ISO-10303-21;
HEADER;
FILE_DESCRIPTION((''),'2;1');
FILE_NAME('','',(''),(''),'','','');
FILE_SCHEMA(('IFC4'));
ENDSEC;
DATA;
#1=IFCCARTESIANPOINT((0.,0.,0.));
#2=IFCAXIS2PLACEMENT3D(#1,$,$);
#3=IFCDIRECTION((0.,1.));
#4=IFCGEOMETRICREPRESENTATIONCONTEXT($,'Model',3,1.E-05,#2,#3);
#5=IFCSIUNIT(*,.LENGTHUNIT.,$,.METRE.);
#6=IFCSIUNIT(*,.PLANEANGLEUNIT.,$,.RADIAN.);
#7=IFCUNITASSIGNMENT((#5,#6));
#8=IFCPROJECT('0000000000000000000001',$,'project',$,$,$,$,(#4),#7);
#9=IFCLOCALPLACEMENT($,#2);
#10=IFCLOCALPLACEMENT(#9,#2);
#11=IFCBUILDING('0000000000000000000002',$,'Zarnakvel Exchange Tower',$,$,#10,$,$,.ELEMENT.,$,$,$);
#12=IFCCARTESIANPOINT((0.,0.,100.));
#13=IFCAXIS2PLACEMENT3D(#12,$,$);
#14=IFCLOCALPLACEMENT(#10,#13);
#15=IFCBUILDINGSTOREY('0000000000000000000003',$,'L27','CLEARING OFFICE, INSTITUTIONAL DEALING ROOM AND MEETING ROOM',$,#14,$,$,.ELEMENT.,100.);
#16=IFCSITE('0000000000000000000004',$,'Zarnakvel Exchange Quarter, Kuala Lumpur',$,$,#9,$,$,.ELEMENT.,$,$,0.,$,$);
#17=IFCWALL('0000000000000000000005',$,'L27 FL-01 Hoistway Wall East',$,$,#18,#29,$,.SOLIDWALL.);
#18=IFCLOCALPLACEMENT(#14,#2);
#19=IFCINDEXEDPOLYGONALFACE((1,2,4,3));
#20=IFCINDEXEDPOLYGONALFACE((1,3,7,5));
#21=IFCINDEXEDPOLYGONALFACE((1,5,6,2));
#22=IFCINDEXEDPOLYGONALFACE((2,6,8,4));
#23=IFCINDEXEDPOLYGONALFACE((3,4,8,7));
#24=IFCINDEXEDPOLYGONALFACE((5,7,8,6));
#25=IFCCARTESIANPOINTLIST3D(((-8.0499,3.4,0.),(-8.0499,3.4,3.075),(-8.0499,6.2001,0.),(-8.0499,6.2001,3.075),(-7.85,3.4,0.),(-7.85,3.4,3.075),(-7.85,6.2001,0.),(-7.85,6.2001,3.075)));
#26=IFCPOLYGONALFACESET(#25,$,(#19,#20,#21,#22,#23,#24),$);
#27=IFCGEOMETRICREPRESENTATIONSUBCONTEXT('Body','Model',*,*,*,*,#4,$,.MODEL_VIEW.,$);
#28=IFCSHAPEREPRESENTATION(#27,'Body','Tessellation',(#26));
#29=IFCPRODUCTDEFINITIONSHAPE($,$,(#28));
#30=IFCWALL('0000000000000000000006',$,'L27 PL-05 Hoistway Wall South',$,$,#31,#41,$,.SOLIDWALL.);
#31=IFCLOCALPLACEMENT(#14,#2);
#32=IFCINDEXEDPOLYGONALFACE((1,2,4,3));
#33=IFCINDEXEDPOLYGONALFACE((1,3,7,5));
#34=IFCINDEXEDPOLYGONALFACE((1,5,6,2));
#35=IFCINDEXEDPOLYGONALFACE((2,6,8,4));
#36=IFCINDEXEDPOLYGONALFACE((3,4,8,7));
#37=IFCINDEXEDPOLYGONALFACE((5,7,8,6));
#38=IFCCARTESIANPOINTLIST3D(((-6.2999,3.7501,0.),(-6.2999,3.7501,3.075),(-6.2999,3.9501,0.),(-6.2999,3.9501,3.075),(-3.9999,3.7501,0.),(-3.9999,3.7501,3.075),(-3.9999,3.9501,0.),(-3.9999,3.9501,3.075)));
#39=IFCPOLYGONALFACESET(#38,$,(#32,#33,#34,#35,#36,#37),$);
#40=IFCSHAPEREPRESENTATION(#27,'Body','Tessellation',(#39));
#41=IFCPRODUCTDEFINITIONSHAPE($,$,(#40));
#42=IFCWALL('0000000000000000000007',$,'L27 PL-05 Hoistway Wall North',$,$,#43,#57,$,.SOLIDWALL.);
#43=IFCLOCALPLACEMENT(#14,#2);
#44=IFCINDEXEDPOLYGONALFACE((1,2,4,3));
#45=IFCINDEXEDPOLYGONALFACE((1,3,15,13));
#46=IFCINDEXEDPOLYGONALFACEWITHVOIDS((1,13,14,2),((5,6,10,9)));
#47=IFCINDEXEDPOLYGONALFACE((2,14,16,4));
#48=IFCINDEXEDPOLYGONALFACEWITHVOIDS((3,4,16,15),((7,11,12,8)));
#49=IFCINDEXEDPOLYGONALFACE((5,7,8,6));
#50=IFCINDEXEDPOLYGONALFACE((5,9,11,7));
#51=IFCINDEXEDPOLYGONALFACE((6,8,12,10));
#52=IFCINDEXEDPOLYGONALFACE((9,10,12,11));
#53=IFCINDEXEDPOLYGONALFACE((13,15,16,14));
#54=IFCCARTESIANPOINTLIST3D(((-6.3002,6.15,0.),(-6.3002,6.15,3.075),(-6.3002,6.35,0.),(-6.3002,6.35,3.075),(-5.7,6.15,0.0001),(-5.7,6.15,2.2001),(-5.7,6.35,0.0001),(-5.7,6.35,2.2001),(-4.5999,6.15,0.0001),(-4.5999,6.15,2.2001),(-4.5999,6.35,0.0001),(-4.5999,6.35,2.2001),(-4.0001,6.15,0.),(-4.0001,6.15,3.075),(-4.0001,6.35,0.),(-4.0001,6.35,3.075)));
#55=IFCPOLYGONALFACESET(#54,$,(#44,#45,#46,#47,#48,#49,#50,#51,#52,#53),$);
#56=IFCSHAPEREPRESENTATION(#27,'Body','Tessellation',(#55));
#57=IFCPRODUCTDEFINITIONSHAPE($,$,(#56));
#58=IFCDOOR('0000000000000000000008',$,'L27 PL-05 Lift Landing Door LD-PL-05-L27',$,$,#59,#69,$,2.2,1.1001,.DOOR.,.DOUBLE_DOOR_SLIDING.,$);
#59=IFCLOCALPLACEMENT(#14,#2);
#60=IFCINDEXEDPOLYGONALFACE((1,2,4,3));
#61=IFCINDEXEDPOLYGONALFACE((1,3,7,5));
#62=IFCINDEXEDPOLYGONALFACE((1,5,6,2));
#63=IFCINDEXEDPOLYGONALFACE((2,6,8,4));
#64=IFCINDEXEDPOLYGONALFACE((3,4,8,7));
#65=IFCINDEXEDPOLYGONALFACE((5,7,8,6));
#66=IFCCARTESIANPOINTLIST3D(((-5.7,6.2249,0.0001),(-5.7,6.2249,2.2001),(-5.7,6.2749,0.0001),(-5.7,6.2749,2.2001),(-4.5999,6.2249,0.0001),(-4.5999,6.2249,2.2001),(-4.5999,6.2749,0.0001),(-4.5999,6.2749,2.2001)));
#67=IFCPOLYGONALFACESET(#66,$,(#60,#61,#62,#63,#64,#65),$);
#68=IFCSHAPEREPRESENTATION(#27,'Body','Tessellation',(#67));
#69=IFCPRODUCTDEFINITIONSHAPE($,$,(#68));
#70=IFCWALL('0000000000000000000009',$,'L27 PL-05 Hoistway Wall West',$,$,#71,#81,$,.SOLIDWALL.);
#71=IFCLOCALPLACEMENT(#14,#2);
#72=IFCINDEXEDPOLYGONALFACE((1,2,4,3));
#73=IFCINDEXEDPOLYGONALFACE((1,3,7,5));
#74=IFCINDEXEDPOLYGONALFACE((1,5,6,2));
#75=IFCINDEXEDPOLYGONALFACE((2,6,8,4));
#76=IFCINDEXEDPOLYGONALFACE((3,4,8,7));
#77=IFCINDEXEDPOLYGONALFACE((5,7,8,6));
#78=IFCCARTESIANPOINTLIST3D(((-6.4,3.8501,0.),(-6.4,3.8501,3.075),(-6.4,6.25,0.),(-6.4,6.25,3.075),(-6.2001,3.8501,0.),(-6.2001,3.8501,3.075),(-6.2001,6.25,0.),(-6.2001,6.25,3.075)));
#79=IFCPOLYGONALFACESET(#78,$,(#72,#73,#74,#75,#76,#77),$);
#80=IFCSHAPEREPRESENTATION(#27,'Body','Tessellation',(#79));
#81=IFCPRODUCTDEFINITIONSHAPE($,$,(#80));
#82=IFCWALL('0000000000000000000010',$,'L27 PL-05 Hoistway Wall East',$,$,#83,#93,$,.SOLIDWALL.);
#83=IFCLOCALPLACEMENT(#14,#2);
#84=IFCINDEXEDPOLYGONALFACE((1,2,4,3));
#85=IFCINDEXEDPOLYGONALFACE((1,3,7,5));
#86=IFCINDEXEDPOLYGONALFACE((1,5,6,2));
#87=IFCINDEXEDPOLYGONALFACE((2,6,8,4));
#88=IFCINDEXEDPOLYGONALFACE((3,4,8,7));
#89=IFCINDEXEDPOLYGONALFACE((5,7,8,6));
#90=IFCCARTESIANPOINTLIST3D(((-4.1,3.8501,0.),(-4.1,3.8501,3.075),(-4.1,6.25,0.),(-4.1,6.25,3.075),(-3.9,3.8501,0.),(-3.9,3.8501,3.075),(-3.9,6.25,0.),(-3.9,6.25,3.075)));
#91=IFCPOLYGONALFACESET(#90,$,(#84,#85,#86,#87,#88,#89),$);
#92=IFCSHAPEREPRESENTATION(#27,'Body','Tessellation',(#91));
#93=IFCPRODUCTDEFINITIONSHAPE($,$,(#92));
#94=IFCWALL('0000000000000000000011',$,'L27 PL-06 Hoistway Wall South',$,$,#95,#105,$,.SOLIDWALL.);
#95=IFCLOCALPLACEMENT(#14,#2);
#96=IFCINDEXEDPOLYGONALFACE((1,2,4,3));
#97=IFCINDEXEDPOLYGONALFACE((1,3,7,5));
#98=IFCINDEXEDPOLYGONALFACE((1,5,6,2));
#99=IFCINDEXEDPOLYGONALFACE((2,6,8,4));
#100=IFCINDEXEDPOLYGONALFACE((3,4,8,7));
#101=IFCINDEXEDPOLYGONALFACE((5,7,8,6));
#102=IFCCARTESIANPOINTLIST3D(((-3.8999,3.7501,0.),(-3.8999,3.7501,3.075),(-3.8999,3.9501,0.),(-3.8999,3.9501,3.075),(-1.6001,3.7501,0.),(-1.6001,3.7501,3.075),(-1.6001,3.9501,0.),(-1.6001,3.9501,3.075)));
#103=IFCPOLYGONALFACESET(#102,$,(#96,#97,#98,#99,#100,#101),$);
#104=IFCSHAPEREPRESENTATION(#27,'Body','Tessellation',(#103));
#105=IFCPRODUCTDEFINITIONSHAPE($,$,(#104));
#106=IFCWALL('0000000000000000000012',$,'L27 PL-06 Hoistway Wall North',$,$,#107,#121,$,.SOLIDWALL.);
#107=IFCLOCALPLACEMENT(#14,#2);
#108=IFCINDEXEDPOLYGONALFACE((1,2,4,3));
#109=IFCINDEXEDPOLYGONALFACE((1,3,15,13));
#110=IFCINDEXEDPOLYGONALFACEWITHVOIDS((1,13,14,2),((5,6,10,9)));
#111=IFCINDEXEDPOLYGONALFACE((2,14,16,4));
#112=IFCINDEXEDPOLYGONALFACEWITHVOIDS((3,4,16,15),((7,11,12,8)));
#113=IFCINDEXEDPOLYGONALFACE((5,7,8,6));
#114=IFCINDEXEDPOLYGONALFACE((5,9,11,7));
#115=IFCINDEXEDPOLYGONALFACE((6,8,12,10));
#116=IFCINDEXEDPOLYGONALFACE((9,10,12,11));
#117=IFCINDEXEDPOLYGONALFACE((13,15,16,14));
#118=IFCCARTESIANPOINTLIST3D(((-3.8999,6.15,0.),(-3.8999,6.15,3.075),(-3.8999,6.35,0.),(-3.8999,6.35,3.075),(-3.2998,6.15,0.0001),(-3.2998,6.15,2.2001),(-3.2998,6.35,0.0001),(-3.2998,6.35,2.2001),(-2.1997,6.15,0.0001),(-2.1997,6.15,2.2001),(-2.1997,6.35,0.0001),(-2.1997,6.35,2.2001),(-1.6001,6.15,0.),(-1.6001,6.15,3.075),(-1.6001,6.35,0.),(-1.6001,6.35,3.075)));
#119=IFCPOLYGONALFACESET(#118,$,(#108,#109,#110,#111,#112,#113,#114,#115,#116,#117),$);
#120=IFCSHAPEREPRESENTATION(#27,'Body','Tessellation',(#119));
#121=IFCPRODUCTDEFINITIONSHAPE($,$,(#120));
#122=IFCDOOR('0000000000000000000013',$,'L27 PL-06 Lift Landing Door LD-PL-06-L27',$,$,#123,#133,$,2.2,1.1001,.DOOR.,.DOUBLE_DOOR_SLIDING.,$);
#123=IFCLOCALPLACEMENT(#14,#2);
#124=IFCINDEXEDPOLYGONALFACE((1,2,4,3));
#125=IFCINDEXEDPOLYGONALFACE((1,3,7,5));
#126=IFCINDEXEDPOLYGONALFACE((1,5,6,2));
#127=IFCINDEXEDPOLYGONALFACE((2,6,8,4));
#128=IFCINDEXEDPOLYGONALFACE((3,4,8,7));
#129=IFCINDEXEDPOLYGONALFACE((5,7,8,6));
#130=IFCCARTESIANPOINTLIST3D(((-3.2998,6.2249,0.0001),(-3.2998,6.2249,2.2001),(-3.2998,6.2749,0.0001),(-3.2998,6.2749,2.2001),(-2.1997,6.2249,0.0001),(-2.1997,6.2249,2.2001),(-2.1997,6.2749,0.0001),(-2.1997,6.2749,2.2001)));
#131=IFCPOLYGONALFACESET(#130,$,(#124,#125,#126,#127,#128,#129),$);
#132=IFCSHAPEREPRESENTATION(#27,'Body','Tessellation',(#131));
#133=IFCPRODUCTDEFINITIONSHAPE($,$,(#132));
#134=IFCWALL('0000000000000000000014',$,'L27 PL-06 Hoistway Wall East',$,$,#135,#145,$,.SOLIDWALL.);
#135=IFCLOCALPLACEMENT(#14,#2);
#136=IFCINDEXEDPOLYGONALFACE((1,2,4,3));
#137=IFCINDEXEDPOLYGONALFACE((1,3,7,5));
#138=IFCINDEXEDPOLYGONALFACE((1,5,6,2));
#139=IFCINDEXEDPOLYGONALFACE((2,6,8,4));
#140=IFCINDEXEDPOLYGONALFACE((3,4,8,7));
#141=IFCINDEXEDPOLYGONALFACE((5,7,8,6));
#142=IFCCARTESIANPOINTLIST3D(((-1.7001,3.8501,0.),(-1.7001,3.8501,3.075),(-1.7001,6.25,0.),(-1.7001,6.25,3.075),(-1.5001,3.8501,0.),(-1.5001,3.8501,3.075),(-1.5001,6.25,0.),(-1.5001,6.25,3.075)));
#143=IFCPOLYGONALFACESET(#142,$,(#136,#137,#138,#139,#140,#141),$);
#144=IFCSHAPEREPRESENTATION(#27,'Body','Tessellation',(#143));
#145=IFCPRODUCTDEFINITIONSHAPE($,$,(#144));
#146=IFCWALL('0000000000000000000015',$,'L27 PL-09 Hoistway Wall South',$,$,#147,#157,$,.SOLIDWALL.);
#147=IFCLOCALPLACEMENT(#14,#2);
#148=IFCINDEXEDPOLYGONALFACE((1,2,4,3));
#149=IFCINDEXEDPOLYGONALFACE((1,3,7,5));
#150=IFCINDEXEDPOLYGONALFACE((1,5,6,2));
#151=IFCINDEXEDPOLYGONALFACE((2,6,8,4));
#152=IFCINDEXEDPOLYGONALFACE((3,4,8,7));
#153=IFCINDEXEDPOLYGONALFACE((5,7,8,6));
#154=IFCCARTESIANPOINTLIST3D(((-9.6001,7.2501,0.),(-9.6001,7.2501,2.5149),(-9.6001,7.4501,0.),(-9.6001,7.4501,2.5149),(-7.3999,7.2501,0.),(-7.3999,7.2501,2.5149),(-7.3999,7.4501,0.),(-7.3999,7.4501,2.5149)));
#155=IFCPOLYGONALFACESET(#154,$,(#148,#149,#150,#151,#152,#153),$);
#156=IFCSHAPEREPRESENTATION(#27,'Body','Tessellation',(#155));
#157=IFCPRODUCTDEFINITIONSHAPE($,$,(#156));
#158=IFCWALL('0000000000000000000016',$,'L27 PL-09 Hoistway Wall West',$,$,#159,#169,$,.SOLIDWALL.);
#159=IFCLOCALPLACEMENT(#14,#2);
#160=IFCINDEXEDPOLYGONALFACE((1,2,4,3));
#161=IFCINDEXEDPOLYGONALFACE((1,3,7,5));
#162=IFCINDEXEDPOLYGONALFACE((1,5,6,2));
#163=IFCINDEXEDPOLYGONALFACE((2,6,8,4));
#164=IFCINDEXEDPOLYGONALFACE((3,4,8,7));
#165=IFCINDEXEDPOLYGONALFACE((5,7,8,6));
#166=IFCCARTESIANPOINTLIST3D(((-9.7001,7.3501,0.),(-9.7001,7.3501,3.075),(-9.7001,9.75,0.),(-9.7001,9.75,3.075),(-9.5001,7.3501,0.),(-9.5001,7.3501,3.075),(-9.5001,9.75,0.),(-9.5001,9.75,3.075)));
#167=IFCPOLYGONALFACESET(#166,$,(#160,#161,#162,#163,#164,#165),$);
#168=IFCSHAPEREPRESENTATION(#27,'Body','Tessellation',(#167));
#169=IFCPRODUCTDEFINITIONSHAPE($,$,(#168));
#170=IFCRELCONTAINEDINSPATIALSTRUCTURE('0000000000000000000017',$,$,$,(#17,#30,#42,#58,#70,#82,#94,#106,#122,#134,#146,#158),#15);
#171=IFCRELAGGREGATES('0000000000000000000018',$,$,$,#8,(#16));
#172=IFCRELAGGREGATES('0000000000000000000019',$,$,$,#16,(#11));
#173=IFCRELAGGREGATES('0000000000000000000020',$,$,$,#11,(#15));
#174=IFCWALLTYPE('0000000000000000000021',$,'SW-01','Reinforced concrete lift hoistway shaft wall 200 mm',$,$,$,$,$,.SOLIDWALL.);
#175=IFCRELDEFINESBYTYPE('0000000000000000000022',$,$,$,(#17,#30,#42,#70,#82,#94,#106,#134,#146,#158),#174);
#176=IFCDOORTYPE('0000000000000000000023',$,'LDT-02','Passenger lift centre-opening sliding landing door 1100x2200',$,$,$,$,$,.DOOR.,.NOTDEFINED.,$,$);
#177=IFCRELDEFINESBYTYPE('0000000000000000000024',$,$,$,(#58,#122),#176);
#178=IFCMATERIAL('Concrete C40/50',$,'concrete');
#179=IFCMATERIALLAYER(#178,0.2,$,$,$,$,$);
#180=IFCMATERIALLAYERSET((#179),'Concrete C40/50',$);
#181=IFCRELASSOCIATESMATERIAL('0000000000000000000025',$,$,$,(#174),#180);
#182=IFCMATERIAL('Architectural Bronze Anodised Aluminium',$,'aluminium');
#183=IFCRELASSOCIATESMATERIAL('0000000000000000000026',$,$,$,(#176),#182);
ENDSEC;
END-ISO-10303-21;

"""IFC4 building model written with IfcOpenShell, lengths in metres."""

from ifc_helpers import new_model, si_unit, direction, frame, frame_2d, origin, place, context, subcontext, project, spatial, rectangle, extrude, source, transform, mapped, material, layer, layer_set, type_object, element, fill, save


model = new_model("IFC4")

# Units and contexts
model_context = context("Model", 3, precision=1e-05, world=origin(), true_north=direction((0.0, 1.0)))
body_context = subcontext(model_context, "Body", "Model", "MODEL_VIEW")
ifc_project = project(units=[si_unit("LENGTHUNIT", "METRE"), si_unit("PLANEANGLEUNIT", "RADIAN")], contexts=[model_context])

# Site, building, storey
site_placement = place(None, origin())
site = spatial("IfcSite", under=ifc_project, at=site_placement, Name="Zarnakvel Exchange Quarter, Kuala Lumpur", CompositionType="ELEMENT", RefElevation=0.0)
building_placement = place(site_placement, origin())
building = spatial("IfcBuilding", under=site, at=building_placement, Name="Zarnakvel Exchange Tower", CompositionType="ELEMENT")
storey_placement = place(building_placement, frame((0.0, 0.0, 100.0)))
storey = spatial("IfcBuildingStorey", under=building, at=storey_placement, Name="L27", Description="CLEARING OFFICE, INSTITUTIONAL DEALING ROOM AND MEETING ROOM", CompositionType="ELEMENT", Elevation=100.0)

# Shared definitions
ifc_material_1 = material(Name="Concrete C40/50", Category="concrete")
ifc_layer_1 = layer(ifc_material_1, 0.2)
ifc_layer_set_1 = layer_set([ifc_layer_1], Name="Concrete C40/50")
wall_type_1 = type_object("IfcWallType", Name="SW-01", Description="Reinforced concrete lift hoistway shaft wall 200 mm", PredefinedType="SOLIDWALL", material=ifc_layer_set_1)
shared_shape_1 = source(origin(), body_context, "Body", "SweptSolid", [
    extrude(rectangle(XDim=1.1001, YDim=2.2, at=frame_2d((0.55, 1.1001))), frame((0.0, 0.0249, 0.0), z_axis=(0.0, -1.0, 0.0), x_axis=(1.0, 0.0, 0.0)), (0.0, 0.0, 1.0), 0.05),
])

# Walls
for number, where, z_axis, x_axis, name in (
    (1, (-7.95, 6.2, 0.0), (0.0, 0.0, 1.0), (0.0, -1.0, 0.0), "L27 FL-01 Hoistway Wall East"),
):
    element("IfcWall", number, at=place(storey_placement, frame(where, z_axis=z_axis, x_axis=x_axis)), inside=storey, type_object=wall_type_1, Name=name, PredefinedType="SOLIDWALL", context=body_context, shape_type="SweptSolid", body=[
        extrude(rectangle(XDim=2.8, YDim=0.2, at=frame_2d((1.3999, 0.0))), origin(), (0.0, 0.0, 1.0), 3.075),
    ])
wall_1_placement = place(storey_placement, frame((-4.0, 3.8501, 0.0), z_axis=(0.0, 0.0, 1.0), x_axis=(-1.0, 0.0, 0.0)))
element("IfcWall", 2, at=wall_1_placement, inside=storey, type_object=wall_type_1, Name="L27 PL-05 Hoistway Wall South", PredefinedType="SOLIDWALL", context=body_context, shape_type="SweptSolid", body=[
    extrude(rectangle(XDim=2.3, YDim=0.2, at=frame_2d((1.1499, 0.0))), origin(), (0.0, 0.0, 1.0), 3.075),
])

# Wall, opening, door
wall_2_placement = place(storey_placement, frame((-6.3, 6.25, 0.0), z_axis=(0.0, 0.0, 1.0), x_axis=(1.0, 0.0, 0.0)))
wall_2 = element("IfcWall", 3, at=wall_2_placement, inside=storey, type_object=wall_type_1, Name="L27 PL-05 Hoistway Wall North", PredefinedType="SOLIDWALL", context=body_context, shape_type="SweptSolid", body=[
    extrude(rectangle(XDim=2.3, YDim=0.2, at=frame_2d((1.1499, 0.0))), origin(), (0.0, 0.0, 1.0), 3.075),
])
opening_1_placement = place(wall_2_placement, frame((0.6001, 0.0, 0.0)))
opening_1 = element("IfcOpeningElement", 4, at=opening_1_placement, cuts=wall_2, PredefinedType="OPENING", context=body_context, shape_type="SweptSolid", body=[
    extrude(rectangle(XDim=1.1001, YDim=2.2, at=frame_2d((0.55, 1.1001))), frame((0.0, 0.1099, 0.0), z_axis=(0.0, -1.0, 0.0), x_axis=(1.0, 0.0, 0.0)), (0.0, 0.0, 1.0), 0.22),
])
ifc_material_2 = material(Name="Architectural Bronze Anodised Aluminium", Category="aluminium")
door_type_1 = type_object("IfcDoorType", Name="LDT-02", Description="Passenger lift centre-opening sliding landing door 1100x2200", OperationType="NOTDEFINED", PredefinedType="DOOR", material=ifc_material_2)
door_1_placement = place(opening_1_placement, origin())
door_1 = element("IfcDoor", 5, at=door_1_placement, inside=storey, type_object=door_type_1, Name="L27 PL-05 Lift Landing Door LD-PL-05-L27", OperationType="DOUBLE_DOOR_SLIDING", OverallHeight=2.2, OverallWidth=1.1001, PredefinedType="DOOR", context=body_context, shape_type="MappedRepresentation", body=[
    mapped(shared_shape_1, transform((0.0, 0.0, 0.0), x_axis=(1.0, 0.0, 0.0), y_axis=(0.0, 1.0, 0.0), z_axis=(0.0, 0.0, 1.0), scale=1.0)),
])
fill(opening_1, door_1)

# Walls
for number, where, z_axis, x_axis, name in (
    (6, (-6.3, 3.8501, 0.0), (0.0, 0.0, 1.0), (0.0, 1.0, 0.0), "L27 PL-05 Hoistway Wall West"),
    (7, (-4.0, 6.25, 0.0), (0.0, 0.0, 1.0), (0.0, -1.0, 0.0), "L27 PL-05 Hoistway Wall East"),
):
    element("IfcWall", number, at=place(storey_placement, frame(where, z_axis=z_axis, x_axis=x_axis)), inside=storey, type_object=wall_type_1, Name=name, PredefinedType="SOLIDWALL", context=body_context, shape_type="SweptSolid", body=[
        extrude(rectangle(XDim=2.3999, YDim=0.2, at=frame_2d((1.2, 0.0))), origin(), (0.0, 0.0, 1.0), 3.075),
    ])
wall_3_placement = place(storey_placement, frame((-1.6001, 3.8501, 0.0), z_axis=(0.0, 0.0, 1.0), x_axis=(-1.0, 0.0, 0.0)))
element("IfcWall", 8, at=wall_3_placement, inside=storey, type_object=wall_type_1, Name="L27 PL-06 Hoistway Wall South", PredefinedType="SOLIDWALL", context=body_context, shape_type="SweptSolid", body=[
    extrude(rectangle(XDim=2.2998, YDim=0.2, at=frame_2d((1.1499, 0.0))), origin(), (0.0, 0.0, 1.0), 3.075),
])

# Wall, opening, door
wall_4_placement = place(storey_placement, frame((-3.8999, 6.25, 0.0), z_axis=(0.0, 0.0, 1.0), x_axis=(1.0, 0.0, 0.0)))
wall_4 = element("IfcWall", 9, at=wall_4_placement, inside=storey, type_object=wall_type_1, Name="L27 PL-06 Hoistway Wall North", PredefinedType="SOLIDWALL", context=body_context, shape_type="SweptSolid", body=[
    extrude(rectangle(XDim=2.2998, YDim=0.2, at=frame_2d((1.1499, 0.0))), origin(), (0.0, 0.0, 1.0), 3.075),
])
opening_2_placement = place(wall_4_placement, frame((0.6001, 0.0, 0.0)))
opening_2 = element("IfcOpeningElement", 10, at=opening_2_placement, cuts=wall_4, PredefinedType="OPENING", context=body_context, shape_type="SweptSolid", body=[
    extrude(rectangle(XDim=1.1001, YDim=2.2, at=frame_2d((0.55, 1.1001))), frame((0.0, 0.1099, 0.0), z_axis=(0.0, -1.0, 0.0), x_axis=(1.0, 0.0, 0.0)), (0.0, 0.0, 1.0), 0.22),
])
door_2_placement = place(opening_2_placement, origin())
door_2 = element("IfcDoor", 11, at=door_2_placement, inside=storey, type_object=door_type_1, Name="L27 PL-06 Lift Landing Door LD-PL-06-L27", OperationType="DOUBLE_DOOR_SLIDING", OverallHeight=2.2, OverallWidth=1.1001, PredefinedType="DOOR", context=body_context, shape_type="MappedRepresentation", body=[
    mapped(shared_shape_1, transform((0.0, 0.0, 0.0), x_axis=(1.0, 0.0, 0.0), y_axis=(0.0, 1.0, 0.0), z_axis=(0.0, 0.0, 1.0), scale=1.0)),
])
fill(opening_2, door_2)

# Walls
wall_5_placement = place(storey_placement, frame((-1.6001, 6.25, 0.0), z_axis=(0.0, 0.0, 1.0), x_axis=(0.0, -1.0, 0.0)))
element("IfcWall", 12, at=wall_5_placement, inside=storey, type_object=wall_type_1, Name="L27 PL-06 Hoistway Wall East", PredefinedType="SOLIDWALL", context=body_context, shape_type="SweptSolid", body=[
    extrude(rectangle(XDim=2.3999, YDim=0.2, at=frame_2d((1.2, 0.0))), origin(), (0.0, 0.0, 1.0), 3.075),
])
wall_6_placement = place(storey_placement, frame((-7.3999, 7.3501, 0.0), z_axis=(0.0, 0.0, 1.0), x_axis=(-1.0, 0.0, 0.0)))
element("IfcWall", 13, at=wall_6_placement, inside=storey, type_object=wall_type_1, Name="L27 PL-09 Hoistway Wall South", PredefinedType="SOLIDWALL", context=body_context, shape_type="SweptSolid", body=[
    extrude(rectangle(XDim=2.2002, YDim=0.2, at=frame_2d((1.1001, 0.0))), origin(), (0.0, 0.0, 1.0), 2.5149),
])
wall_7_placement = place(storey_placement, frame((-9.6001, 7.3501, 0.0), z_axis=(0.0, 0.0, 1.0), x_axis=(0.0, 1.0, 0.0)))
element("IfcWall", 14, at=wall_7_placement, inside=storey, type_object=wall_type_1, Name="L27 PL-09 Hoistway Wall West", PredefinedType="SOLIDWALL", context=body_context, shape_type="SweptSolid", body=[
    extrude(rectangle(XDim=2.3999, YDim=0.2, at=frame_2d((1.2, 0.0))), origin(), (0.0, 0.0, 1.0), 3.075),
])

save(model, "model.ifc")
